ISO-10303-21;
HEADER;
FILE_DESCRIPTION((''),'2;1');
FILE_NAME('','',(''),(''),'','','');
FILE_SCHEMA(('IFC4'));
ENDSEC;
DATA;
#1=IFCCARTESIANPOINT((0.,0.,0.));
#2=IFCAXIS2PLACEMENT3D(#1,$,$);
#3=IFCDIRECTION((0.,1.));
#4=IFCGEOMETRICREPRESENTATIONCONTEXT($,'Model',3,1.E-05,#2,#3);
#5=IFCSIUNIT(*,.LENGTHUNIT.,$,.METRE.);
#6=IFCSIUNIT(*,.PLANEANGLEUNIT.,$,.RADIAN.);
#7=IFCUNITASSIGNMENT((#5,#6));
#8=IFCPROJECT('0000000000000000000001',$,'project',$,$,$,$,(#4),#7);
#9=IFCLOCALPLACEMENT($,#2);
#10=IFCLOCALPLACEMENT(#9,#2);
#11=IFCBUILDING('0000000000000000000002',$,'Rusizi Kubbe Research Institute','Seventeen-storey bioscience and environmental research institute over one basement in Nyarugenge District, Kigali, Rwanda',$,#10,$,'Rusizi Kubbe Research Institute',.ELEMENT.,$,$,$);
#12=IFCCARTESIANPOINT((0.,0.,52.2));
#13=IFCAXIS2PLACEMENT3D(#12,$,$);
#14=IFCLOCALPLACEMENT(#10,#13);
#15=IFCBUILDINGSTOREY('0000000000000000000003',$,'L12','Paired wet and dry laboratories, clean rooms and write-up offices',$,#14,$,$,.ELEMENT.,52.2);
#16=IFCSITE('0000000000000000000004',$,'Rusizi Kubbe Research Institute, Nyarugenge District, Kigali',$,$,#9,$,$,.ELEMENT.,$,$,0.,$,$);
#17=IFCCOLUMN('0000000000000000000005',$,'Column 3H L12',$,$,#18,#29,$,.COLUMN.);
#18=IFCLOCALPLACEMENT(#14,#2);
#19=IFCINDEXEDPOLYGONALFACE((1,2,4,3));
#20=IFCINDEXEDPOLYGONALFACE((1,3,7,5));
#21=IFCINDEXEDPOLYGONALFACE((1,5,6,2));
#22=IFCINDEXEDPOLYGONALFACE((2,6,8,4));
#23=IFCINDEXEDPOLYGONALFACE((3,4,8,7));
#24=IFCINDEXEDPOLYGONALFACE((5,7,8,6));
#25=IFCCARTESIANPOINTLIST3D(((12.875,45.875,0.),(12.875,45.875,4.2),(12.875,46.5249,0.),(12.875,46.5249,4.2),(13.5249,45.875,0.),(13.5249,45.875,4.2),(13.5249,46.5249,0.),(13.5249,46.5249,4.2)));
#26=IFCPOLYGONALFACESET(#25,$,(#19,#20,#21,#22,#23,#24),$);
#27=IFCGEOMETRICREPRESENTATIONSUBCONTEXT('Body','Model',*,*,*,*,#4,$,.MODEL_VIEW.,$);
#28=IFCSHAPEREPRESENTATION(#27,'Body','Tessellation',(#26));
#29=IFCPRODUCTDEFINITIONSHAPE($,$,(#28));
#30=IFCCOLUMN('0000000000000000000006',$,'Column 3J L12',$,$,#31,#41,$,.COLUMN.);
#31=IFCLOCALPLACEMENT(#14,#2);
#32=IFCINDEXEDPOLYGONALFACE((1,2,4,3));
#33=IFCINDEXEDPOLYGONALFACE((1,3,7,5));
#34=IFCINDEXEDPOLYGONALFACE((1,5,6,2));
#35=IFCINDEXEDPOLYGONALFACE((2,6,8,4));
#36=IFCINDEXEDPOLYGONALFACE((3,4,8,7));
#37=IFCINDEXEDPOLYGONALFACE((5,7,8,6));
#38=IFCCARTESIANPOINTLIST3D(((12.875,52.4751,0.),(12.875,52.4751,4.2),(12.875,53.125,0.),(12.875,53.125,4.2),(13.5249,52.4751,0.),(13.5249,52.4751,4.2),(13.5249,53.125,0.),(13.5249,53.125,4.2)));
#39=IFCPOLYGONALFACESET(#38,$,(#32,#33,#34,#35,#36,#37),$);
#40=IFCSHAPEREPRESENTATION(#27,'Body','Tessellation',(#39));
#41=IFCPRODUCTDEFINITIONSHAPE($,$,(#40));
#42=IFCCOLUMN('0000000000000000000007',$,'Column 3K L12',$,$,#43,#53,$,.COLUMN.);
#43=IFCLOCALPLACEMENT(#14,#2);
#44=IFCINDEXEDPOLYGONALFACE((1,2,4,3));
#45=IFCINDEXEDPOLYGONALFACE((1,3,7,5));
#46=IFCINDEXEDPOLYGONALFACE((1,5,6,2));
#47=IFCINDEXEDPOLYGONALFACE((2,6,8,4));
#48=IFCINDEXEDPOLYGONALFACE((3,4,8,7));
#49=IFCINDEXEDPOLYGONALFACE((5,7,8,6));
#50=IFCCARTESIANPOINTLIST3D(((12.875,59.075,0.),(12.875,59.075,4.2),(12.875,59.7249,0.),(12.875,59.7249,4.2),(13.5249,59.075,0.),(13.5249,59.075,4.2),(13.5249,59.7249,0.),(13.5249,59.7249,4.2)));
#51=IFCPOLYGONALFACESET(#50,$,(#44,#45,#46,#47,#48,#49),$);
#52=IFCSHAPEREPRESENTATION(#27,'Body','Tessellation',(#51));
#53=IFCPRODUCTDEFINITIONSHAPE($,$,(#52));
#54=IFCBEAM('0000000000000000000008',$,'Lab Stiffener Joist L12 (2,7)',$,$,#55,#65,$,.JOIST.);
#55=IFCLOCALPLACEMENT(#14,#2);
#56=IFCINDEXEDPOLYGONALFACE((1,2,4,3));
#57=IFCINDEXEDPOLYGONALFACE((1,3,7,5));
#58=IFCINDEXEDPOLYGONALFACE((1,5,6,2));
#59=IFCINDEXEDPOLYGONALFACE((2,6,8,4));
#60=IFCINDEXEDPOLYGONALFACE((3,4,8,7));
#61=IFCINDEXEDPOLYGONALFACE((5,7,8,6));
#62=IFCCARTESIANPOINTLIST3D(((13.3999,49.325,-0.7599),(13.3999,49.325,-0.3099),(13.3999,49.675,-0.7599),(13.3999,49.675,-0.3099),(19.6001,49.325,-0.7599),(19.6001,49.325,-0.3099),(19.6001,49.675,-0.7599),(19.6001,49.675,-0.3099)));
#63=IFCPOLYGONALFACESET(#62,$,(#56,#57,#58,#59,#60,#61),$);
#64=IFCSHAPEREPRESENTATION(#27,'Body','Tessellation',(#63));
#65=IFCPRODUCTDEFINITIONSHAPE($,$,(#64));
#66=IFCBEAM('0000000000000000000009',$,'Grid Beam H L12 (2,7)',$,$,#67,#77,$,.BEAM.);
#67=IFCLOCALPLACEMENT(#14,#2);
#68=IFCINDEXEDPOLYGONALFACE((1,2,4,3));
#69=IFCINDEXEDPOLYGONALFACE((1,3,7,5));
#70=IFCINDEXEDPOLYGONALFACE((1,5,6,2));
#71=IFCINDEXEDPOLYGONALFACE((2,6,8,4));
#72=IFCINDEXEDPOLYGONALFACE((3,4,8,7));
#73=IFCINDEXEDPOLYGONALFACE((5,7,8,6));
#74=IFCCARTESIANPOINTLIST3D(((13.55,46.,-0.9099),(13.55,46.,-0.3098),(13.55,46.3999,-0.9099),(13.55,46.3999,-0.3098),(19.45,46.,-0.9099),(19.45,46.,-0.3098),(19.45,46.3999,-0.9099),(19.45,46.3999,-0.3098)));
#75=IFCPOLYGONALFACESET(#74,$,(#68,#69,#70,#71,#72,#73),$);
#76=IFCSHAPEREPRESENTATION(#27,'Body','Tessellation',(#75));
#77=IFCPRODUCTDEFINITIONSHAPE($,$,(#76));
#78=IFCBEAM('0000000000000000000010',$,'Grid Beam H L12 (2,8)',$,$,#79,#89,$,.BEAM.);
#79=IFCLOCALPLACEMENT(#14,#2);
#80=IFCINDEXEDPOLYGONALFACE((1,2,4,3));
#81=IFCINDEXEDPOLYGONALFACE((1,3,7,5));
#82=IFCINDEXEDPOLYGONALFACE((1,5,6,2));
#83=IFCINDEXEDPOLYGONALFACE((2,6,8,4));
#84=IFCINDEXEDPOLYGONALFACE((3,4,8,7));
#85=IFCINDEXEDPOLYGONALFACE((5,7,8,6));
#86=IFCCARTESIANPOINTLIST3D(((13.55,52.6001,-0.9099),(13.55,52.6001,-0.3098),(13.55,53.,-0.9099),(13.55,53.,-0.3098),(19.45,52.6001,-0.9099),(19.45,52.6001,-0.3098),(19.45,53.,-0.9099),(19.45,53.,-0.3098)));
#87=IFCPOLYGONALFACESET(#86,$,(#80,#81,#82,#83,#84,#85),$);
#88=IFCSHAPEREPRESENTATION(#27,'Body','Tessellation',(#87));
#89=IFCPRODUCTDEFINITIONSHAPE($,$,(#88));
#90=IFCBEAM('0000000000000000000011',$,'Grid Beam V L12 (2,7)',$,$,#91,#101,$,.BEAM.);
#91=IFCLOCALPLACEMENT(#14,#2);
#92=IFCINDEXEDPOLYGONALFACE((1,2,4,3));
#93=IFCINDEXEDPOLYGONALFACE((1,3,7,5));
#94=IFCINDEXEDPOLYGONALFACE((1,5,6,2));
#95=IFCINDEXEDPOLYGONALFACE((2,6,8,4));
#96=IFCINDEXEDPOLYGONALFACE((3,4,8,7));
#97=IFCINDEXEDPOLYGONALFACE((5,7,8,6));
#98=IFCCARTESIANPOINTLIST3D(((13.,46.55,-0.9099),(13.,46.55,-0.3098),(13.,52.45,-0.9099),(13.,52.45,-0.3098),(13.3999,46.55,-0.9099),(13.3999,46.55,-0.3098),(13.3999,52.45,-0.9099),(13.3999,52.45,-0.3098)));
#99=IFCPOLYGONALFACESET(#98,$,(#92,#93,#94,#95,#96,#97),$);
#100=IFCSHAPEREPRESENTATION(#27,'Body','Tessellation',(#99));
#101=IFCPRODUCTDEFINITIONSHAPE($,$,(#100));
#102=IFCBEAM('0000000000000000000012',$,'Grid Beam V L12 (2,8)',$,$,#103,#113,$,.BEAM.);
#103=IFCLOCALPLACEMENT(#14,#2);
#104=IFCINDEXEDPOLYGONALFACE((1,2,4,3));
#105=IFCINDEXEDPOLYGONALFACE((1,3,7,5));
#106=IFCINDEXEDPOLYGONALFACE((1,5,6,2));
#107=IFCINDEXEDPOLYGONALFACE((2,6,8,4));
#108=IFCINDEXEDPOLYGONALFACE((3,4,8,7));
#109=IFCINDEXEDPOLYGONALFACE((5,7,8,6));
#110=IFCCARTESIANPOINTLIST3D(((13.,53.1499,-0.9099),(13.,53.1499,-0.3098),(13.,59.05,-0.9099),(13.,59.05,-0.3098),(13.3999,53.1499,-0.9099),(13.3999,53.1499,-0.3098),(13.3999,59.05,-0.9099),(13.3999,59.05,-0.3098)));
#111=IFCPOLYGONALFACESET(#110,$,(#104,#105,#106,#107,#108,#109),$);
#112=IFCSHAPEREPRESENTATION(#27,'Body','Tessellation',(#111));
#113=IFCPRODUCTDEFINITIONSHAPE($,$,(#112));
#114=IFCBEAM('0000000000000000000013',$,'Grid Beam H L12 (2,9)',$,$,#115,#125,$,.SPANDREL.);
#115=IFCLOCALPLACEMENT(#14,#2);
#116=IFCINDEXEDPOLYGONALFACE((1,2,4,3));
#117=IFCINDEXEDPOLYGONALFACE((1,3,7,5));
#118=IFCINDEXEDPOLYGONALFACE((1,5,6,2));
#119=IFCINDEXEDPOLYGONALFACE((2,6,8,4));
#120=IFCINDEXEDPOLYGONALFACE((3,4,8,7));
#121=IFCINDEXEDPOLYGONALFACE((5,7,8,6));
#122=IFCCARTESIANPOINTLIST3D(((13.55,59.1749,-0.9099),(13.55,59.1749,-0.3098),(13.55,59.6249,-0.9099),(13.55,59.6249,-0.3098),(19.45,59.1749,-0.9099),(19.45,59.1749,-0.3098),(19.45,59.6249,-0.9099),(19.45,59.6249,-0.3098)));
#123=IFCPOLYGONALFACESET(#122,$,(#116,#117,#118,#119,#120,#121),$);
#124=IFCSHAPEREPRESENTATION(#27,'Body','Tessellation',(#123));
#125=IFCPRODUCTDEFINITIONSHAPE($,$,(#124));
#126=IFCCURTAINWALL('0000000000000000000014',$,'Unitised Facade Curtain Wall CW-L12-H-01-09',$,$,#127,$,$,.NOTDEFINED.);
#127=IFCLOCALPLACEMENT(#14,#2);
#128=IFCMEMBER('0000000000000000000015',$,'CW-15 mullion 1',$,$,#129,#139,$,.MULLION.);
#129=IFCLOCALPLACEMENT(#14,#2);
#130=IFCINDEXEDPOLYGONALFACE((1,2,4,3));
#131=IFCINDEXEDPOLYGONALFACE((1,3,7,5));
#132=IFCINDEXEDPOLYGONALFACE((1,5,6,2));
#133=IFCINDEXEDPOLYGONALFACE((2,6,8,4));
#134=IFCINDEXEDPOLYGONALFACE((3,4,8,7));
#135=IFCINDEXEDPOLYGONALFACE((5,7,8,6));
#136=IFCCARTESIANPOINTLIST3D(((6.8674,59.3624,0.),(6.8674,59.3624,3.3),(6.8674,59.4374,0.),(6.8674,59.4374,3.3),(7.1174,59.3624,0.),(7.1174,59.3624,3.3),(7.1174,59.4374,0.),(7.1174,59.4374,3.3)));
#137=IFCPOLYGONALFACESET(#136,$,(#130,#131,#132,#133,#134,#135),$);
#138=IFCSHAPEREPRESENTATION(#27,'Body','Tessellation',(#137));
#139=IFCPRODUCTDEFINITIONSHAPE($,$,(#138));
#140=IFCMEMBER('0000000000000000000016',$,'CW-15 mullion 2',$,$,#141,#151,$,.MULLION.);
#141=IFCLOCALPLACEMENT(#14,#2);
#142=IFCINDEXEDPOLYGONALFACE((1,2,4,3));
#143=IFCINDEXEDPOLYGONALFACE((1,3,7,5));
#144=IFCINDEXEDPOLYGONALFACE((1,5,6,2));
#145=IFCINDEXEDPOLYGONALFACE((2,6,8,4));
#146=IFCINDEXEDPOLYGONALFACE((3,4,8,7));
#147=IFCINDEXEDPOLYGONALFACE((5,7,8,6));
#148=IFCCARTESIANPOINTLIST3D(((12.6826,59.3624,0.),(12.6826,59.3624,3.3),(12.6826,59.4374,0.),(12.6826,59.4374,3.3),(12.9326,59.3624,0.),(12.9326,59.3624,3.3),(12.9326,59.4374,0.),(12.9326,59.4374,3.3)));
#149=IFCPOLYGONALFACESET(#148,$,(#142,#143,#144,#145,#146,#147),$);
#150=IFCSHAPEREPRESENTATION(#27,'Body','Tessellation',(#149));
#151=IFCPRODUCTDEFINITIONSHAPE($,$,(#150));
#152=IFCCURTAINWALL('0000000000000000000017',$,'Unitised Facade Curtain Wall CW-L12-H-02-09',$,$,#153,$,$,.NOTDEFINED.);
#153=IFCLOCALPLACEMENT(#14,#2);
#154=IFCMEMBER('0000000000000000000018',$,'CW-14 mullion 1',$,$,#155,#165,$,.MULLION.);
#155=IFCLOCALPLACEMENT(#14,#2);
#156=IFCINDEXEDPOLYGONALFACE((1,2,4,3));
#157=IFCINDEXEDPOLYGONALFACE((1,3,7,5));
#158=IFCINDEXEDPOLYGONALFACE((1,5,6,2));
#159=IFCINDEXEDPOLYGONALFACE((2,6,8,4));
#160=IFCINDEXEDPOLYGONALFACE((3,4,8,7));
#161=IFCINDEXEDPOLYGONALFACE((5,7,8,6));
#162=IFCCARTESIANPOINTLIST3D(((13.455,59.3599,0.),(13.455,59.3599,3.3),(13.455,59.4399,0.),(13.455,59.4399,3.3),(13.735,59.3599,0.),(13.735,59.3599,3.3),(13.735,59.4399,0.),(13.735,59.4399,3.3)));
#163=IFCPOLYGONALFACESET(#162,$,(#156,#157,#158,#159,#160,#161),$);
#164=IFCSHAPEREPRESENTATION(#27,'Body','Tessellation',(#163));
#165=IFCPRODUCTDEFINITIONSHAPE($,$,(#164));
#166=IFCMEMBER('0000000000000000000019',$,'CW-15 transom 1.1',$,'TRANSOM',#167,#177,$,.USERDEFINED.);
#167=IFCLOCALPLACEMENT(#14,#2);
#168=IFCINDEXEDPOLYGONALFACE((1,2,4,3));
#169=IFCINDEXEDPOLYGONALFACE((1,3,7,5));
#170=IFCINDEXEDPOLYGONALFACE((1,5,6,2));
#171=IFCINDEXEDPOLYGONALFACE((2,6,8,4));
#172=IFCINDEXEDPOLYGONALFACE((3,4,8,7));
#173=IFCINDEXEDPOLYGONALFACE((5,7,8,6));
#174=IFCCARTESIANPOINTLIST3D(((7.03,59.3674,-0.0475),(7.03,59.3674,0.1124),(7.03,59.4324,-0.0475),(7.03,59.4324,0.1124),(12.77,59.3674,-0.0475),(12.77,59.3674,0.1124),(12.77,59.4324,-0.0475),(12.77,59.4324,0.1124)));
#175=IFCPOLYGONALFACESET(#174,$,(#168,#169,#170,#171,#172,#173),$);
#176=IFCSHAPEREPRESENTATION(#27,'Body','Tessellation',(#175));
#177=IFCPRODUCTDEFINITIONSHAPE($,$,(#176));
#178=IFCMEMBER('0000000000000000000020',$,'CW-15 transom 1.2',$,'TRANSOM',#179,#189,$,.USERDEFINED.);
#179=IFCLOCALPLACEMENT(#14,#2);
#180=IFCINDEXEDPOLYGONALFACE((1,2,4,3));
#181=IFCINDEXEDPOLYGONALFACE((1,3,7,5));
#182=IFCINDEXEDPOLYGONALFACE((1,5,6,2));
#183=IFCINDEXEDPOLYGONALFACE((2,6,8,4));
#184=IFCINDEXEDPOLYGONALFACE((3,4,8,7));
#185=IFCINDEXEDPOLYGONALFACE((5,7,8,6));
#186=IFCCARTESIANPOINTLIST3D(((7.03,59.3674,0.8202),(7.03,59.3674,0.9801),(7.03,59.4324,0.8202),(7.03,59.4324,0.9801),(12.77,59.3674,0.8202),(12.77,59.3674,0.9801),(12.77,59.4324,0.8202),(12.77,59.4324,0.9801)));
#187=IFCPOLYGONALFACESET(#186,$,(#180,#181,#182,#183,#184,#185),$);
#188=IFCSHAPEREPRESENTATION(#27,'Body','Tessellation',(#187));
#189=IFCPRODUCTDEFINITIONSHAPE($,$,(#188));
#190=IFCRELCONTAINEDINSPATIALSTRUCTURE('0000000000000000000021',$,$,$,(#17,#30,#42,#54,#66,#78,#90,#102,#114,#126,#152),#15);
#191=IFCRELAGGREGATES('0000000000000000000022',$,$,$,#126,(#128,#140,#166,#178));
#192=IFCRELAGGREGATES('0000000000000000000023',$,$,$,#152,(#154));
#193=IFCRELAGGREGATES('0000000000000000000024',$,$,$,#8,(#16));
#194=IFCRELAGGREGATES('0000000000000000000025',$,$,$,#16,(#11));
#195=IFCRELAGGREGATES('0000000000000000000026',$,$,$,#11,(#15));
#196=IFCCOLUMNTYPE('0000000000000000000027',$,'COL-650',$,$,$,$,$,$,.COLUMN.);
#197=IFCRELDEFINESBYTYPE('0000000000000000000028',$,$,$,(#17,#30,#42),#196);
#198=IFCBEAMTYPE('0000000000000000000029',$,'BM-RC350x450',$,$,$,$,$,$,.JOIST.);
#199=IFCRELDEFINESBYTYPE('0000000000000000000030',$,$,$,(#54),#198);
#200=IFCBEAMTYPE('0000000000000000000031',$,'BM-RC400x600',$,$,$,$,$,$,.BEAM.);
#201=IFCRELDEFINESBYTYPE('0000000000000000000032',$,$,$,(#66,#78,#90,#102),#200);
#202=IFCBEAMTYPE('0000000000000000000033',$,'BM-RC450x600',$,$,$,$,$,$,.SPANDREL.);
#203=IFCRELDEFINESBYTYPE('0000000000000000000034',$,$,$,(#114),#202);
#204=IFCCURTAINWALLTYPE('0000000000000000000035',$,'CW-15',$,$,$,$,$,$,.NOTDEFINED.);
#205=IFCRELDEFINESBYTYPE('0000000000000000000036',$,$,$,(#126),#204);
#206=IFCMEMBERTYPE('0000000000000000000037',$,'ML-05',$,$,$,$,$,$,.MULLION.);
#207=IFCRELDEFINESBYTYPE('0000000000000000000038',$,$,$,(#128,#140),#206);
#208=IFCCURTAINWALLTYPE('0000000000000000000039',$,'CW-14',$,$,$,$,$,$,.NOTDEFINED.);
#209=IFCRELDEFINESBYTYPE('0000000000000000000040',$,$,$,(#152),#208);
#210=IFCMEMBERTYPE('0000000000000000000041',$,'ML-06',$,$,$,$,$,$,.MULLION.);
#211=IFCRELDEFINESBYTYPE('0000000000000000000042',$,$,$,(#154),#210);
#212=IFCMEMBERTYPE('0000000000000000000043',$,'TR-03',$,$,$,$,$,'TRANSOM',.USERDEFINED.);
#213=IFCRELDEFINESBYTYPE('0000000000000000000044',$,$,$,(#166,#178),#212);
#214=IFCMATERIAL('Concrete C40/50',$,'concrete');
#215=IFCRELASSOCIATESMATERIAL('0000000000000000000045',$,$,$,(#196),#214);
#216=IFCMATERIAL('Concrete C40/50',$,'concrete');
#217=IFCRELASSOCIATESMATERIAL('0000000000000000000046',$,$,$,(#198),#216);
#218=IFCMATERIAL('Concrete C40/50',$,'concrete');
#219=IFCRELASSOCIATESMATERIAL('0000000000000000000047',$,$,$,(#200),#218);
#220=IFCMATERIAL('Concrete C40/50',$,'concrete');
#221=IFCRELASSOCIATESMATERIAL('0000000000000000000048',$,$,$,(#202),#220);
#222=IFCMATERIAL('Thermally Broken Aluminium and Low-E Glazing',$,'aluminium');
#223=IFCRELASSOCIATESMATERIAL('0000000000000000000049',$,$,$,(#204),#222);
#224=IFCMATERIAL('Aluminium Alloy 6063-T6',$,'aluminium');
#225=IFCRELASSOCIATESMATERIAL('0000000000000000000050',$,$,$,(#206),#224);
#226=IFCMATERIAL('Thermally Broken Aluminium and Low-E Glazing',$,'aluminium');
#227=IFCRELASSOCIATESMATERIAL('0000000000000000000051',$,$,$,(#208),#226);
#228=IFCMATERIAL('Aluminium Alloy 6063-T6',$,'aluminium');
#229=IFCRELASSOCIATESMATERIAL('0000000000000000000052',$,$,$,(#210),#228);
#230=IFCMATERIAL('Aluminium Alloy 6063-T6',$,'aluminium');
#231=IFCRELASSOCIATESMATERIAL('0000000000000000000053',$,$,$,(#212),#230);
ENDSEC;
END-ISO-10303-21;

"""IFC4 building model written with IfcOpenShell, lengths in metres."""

from ifc_helpers import new_model, si_unit, direction, frame, origin, origin_2d, place, context, subcontext, project, spatial, rectangle, extrude, material, material_profile, profile_set, type_object, element, aggregate, save


model = new_model("IFC4")

# Units and contexts
model_context = context("Model", 3, precision=1e-05, world=origin(), true_north=direction((0.0, 1.0)))
body_context = subcontext(model_context, "Body", "Model", "MODEL_VIEW")
ifc_project = project(units=[si_unit("LENGTHUNIT", "METRE"), si_unit("PLANEANGLEUNIT", "RADIAN")], contexts=[model_context])

# Site, building, storey
site_placement = place(None, origin())
site = spatial("IfcSite", under=ifc_project, at=site_placement, Name="Rusizi Kubbe Research Institute, Nyarugenge District, Kigali", CompositionType="ELEMENT", RefElevation=0.0)
building_placement = place(site_placement, origin())
building = spatial("IfcBuilding", under=site, at=building_placement, Name="Rusizi Kubbe Research Institute", Description="Seventeen-storey bioscience and environmental research institute over one basement in Nyarugenge District, Kigali, Rwanda", LongName="Rusizi Kubbe Research Institute", CompositionType="ELEMENT")
storey_placement = place(building_placement, frame((0.0, 0.0, 52.2)))
storey = spatial("IfcBuildingStorey", under=building, at=storey_placement, Name="L12", Description="Paired wet and dry laboratories, clean rooms and write-up offices", CompositionType="ELEMENT", Elevation=52.2)

# Columns
ifc_material_1 = material(Name="Concrete C40/50", Category="concrete")
ifc_material_profile_1 = material_profile(ifc_material_1, rectangle(XDim=0.6499, YDim=0.6499, at=origin_2d()), Name="RC650x650")
ifc_profile_set_1 = profile_set([ifc_material_profile_1], Name="Concrete C40/50")
column_type = type_object("IfcColumnType", Name="COL-650", PredefinedType="COLUMN", material=ifc_profile_set_1)
for number, where, z_axis, x_axis, name in (
    (1, (13.2, 46.2, 0.0), (0.0, 0.0, 1.0), (1.0, 0.0, 0.0), "Column 3H L12"),
    (2, (13.2, 52.8, 0.0), (0.0, 0.0, 1.0), (1.0, 0.0, 0.0), "Column 3J L12"),
    (3, (13.2, 59.3999, 0.0), (0.0, 0.0, 1.0), (1.0, 0.0, 0.0), "Column 3K L12"),
):
    element("IfcColumn", number, at=place(storey_placement, frame(where, z_axis=z_axis, x_axis=x_axis)), inside=storey, type_object=column_type, Name=name, PredefinedType="COLUMN", context=body_context, shape_type="SweptSolid", body=[
        extrude(rectangle(XDim=0.6499, YDim=0.6499, at=origin_2d()), origin(), (0.0, 0.0, 1.0), 4.2),
    ])

# Beams
ifc_material_2 = material(Name="Concrete C40/50", Category="concrete")
ifc_material_profile_2 = material_profile(ifc_material_2, rectangle(XDim=0.3501, YDim=0.45, at=origin_2d()), Name="RC350x450")
ifc_profile_set_2 = profile_set([ifc_material_profile_2], Name="Concrete C40/50")
beam_type_1 = type_object("IfcBeamType", Name="BM-RC350x450", PredefinedType="JOIST", material=ifc_profile_set_2)
beam_1_placement = place(storey_placement, frame((13.3999, 49.5, -0.5349), z_axis=(1.0, 0.0, 0.0), x_axis=(0.0, 1.0, 0.0)))
element("IfcBeam", 4, at=beam_1_placement, inside=storey, type_object=beam_type_1, Name="Lab Stiffener Joist L12 (2,7)", PredefinedType="JOIST", context=body_context, shape_type="SweptSolid", body=[
    extrude(rectangle(XDim=0.3501, YDim=0.45, at=origin_2d()), origin(), (0.0, 0.0, 1.0), 6.2002),
])
ifc_material_3 = material(Name="Concrete C40/50", Category="concrete")
ifc_material_profile_3 = material_profile(ifc_material_3, rectangle(XDim=0.3999, YDim=0.6001, at=origin_2d()), Name="RC400x600")
ifc_profile_set_3 = profile_set([ifc_material_profile_3], Name="Concrete C40/50")
beam_type_2 = type_object("IfcBeamType", Name="BM-RC400x600", PredefinedType="BEAM", material=ifc_profile_set_3)
for number, where, z_axis, x_axis, name in (
    (5, (13.55, 46.2, -0.6099), (1.0, 0.0, 0.0), (0.0, 1.0, 0.0), "Grid Beam H L12 (2,7)"),
    (6, (13.55, 52.8, -0.6099), (1.0, 0.0, 0.0), (0.0, 1.0, 0.0), "Grid Beam H L12 (2,8)"),
    (7, (13.2, 46.55, -0.6099), (0.0, 1.0, 0.0), (-1.0, 0.0, 0.0), "Grid Beam V L12 (2,7)"),
):
    element("IfcBeam", number, at=place(storey_placement, frame(where, z_axis=z_axis, x_axis=x_axis)), inside=storey, type_object=beam_type_2, Name=name, PredefinedType="BEAM", context=body_context, shape_type="SweptSolid", body=[
        extrude(rectangle(XDim=0.3999, YDim=0.6001, at=origin_2d()), origin(), (0.0, 0.0, 1.0), 5.8999),
    ])
beam_2_placement = place(storey_placement, frame((13.2, 53.1499, -0.6099), z_axis=(0.0, 1.0, 0.0), x_axis=(-1.0, 0.0, 0.0)))
element("IfcBeam", 8, at=beam_2_placement, inside=storey, type_object=beam_type_2, Name="Grid Beam V L12 (2,8)", PredefinedType="BEAM", context=body_context, shape_type="SweptSolid", body=[
    extrude(rectangle(XDim=0.3999, YDim=0.6001, at=origin_2d()), origin(), (0.0, 0.0, 1.0), 5.9001),
])
ifc_material_4 = material(Name="Concrete C40/50", Category="concrete")
ifc_material_profile_4 = material_profile(ifc_material_4, rectangle(XDim=0.45, YDim=0.6001, at=origin_2d()), Name="RC450x600")
ifc_profile_set_4 = profile_set([ifc_material_profile_4], Name="Concrete C40/50")
beam_type_3 = type_object("IfcBeamType", Name="BM-RC450x600", PredefinedType="SPANDREL", material=ifc_profile_set_4)
beam_3_placement = place(storey_placement, frame((13.55, 59.3999, -0.6099), z_axis=(1.0, 0.0, 0.0), x_axis=(0.0, 1.0, 0.0)))
element("IfcBeam", 9, at=beam_3_placement, inside=storey, type_object=beam_type_3, Name="Grid Beam H L12 (2,9)", PredefinedType="SPANDREL", context=body_context, shape_type="SweptSolid", body=[
    extrude(rectangle(XDim=0.45, YDim=0.6001, at=origin_2d()), origin(), (0.0, 0.0, 1.0), 5.8999),
])

# Curtain wall, members
ifc_material_5 = material(Name="Thermally Broken Aluminium and Low-E Glazing", Category="aluminium")
curtain_wall_type_1 = type_object("IfcCurtainWallType", Name="CW-15", PredefinedType="NOTDEFINED", material=ifc_material_5)
curtain_wall_1_placement = place(storey_placement, origin())
curtain_wall_1 = element("IfcCurtainWall", 10, at=curtain_wall_1_placement, inside=storey, type_object=curtain_wall_type_1, Name="Unitised Facade Curtain Wall CW-L12-H-01-09", PredefinedType="NOTDEFINED")
ifc_material_6 = material(Name="Aluminium Alloy 6063-T6", Category="aluminium")
ifc_material_profile_5 = material_profile(ifc_material_6, rectangle(XDim=0.075, YDim=0.25, at=origin_2d()), Name="ALU-M 75x250")
ifc_profile_set_5 = profile_set([ifc_material_profile_5], Name="Aluminium Alloy 6063-T6")
member_type_1 = type_object("IfcMemberType", Name="ML-05", PredefinedType="MULLION", material=ifc_profile_set_5)
member_1_placement = place(storey_placement, frame((6.9924, 59.3999, 0.0), z_axis=(0.0, 0.0, 1.0), x_axis=(0.0, 1.0, 0.0)))
member_1 = element("IfcMember", 11, at=member_1_placement, type_object=member_type_1, Name="CW-15 mullion 1", PredefinedType="MULLION", context=body_context, shape_type="SweptSolid", body=[
    extrude(rectangle(XDim=0.075, YDim=0.25, at=origin_2d()), origin(), (0.0, 0.0, 1.0), 3.3),
])
member_2_placement = place(storey_placement, frame((12.8076, 59.3999, 0.0), z_axis=(0.0, 0.0, 1.0), x_axis=(0.0, 1.0, 0.0)))
member_2 = element("IfcMember", 12, at=member_2_placement, type_object=member_type_1, Name="CW-15 mullion 2", PredefinedType="MULLION", context=body_context, shape_type="SweptSolid", body=[
    extrude(rectangle(XDim=0.075, YDim=0.25, at=origin_2d()), origin(), (0.0, 0.0, 1.0), 3.3),
])

# Curtain wall, member
ifc_material_7 = material(Name="Thermally Broken Aluminium and Low-E Glazing", Category="aluminium")
curtain_wall_type_2 = type_object("IfcCurtainWallType", Name="CW-14", PredefinedType="NOTDEFINED", material=ifc_material_7)
curtain_wall_2_placement = place(storey_placement, origin())
curtain_wall_2 = element("IfcCurtainWall", 13, at=curtain_wall_2_placement, inside=storey, type_object=curtain_wall_type_2, Name="Unitised Facade Curtain Wall CW-L12-H-02-09", PredefinedType="NOTDEFINED")
ifc_material_8 = material(Name="Aluminium Alloy 6063-T6", Category="aluminium")
ifc_material_profile_6 = material_profile(ifc_material_8, rectangle(XDim=0.0801, YDim=0.28, at=origin_2d()), Name="ALU-M 80x280")
ifc_profile_set_6 = profile_set([ifc_material_profile_6], Name="Aluminium Alloy 6063-T6")
member_type_2 = type_object("IfcMemberType", Name="ML-06", PredefinedType="MULLION", material=ifc_profile_set_6)
member_3_placement = place(storey_placement, frame((13.595, 59.3999, 0.0), z_axis=(0.0, 0.0, 1.0), x_axis=(0.0, 1.0, 0.0)))
member_3 = element("IfcMember", 14, at=member_3_placement, type_object=member_type_2, Name="CW-14 mullion 1", PredefinedType="MULLION", context=body_context, shape_type="SweptSolid", body=[
    extrude(rectangle(XDim=0.0801, YDim=0.28, at=origin_2d()), origin(), (0.0, 0.0, 1.0), 3.3),
])

# Members
ifc_material_9 = material(Name="Aluminium Alloy 6063-T6", Category="aluminium")
ifc_material_profile_7 = material_profile(ifc_material_9, rectangle(XDim=0.0649, YDim=0.1599, at=origin_2d()), Name="ALU-T 65x160")
ifc_profile_set_7 = profile_set([ifc_material_profile_7], Name="Aluminium Alloy 6063-T6")
member_type_3 = type_object("IfcMemberType", Name="TR-03", ElementType="TRANSOM", PredefinedType="USERDEFINED", material=ifc_profile_set_7)
member_4_placement = place(storey_placement, frame((7.03, 59.3999, 0.0325), z_axis=(1.0, 0.0, 0.0), x_axis=(0.0, 1.0, 0.0)))
member_4 = element("IfcMember", 15, at=member_4_placement, type_object=member_type_3, Name="CW-15 transom 1.1", ObjectType="TRANSOM", PredefinedType="USERDEFINED", context=body_context, shape_type="SweptSolid", body=[
    extrude(rectangle(XDim=0.0649, YDim=0.1599, at=origin_2d()), origin(), (0.0, 0.0, 1.0), 5.74),
])
member_5_placement = place(storey_placement, frame((7.03, 59.3999, 0.9001), z_axis=(1.0, 0.0, 0.0), x_axis=(0.0, 1.0, 0.0)))
member_5 = element("IfcMember", 16, at=member_5_placement, type_object=member_type_3, Name="CW-15 transom 1.2", ObjectType="TRANSOM", PredefinedType="USERDEFINED", context=body_context, shape_type="SweptSolid", body=[
    extrude(rectangle(XDim=0.0649, YDim=0.1599, at=origin_2d()), origin(), (0.0, 0.0, 1.0), 5.74),
])

aggregate(curtain_wall_1, [member_1, member_2, member_4, member_5])
aggregate(curtain_wall_2, [member_3])

save(model, "model.ifc")
